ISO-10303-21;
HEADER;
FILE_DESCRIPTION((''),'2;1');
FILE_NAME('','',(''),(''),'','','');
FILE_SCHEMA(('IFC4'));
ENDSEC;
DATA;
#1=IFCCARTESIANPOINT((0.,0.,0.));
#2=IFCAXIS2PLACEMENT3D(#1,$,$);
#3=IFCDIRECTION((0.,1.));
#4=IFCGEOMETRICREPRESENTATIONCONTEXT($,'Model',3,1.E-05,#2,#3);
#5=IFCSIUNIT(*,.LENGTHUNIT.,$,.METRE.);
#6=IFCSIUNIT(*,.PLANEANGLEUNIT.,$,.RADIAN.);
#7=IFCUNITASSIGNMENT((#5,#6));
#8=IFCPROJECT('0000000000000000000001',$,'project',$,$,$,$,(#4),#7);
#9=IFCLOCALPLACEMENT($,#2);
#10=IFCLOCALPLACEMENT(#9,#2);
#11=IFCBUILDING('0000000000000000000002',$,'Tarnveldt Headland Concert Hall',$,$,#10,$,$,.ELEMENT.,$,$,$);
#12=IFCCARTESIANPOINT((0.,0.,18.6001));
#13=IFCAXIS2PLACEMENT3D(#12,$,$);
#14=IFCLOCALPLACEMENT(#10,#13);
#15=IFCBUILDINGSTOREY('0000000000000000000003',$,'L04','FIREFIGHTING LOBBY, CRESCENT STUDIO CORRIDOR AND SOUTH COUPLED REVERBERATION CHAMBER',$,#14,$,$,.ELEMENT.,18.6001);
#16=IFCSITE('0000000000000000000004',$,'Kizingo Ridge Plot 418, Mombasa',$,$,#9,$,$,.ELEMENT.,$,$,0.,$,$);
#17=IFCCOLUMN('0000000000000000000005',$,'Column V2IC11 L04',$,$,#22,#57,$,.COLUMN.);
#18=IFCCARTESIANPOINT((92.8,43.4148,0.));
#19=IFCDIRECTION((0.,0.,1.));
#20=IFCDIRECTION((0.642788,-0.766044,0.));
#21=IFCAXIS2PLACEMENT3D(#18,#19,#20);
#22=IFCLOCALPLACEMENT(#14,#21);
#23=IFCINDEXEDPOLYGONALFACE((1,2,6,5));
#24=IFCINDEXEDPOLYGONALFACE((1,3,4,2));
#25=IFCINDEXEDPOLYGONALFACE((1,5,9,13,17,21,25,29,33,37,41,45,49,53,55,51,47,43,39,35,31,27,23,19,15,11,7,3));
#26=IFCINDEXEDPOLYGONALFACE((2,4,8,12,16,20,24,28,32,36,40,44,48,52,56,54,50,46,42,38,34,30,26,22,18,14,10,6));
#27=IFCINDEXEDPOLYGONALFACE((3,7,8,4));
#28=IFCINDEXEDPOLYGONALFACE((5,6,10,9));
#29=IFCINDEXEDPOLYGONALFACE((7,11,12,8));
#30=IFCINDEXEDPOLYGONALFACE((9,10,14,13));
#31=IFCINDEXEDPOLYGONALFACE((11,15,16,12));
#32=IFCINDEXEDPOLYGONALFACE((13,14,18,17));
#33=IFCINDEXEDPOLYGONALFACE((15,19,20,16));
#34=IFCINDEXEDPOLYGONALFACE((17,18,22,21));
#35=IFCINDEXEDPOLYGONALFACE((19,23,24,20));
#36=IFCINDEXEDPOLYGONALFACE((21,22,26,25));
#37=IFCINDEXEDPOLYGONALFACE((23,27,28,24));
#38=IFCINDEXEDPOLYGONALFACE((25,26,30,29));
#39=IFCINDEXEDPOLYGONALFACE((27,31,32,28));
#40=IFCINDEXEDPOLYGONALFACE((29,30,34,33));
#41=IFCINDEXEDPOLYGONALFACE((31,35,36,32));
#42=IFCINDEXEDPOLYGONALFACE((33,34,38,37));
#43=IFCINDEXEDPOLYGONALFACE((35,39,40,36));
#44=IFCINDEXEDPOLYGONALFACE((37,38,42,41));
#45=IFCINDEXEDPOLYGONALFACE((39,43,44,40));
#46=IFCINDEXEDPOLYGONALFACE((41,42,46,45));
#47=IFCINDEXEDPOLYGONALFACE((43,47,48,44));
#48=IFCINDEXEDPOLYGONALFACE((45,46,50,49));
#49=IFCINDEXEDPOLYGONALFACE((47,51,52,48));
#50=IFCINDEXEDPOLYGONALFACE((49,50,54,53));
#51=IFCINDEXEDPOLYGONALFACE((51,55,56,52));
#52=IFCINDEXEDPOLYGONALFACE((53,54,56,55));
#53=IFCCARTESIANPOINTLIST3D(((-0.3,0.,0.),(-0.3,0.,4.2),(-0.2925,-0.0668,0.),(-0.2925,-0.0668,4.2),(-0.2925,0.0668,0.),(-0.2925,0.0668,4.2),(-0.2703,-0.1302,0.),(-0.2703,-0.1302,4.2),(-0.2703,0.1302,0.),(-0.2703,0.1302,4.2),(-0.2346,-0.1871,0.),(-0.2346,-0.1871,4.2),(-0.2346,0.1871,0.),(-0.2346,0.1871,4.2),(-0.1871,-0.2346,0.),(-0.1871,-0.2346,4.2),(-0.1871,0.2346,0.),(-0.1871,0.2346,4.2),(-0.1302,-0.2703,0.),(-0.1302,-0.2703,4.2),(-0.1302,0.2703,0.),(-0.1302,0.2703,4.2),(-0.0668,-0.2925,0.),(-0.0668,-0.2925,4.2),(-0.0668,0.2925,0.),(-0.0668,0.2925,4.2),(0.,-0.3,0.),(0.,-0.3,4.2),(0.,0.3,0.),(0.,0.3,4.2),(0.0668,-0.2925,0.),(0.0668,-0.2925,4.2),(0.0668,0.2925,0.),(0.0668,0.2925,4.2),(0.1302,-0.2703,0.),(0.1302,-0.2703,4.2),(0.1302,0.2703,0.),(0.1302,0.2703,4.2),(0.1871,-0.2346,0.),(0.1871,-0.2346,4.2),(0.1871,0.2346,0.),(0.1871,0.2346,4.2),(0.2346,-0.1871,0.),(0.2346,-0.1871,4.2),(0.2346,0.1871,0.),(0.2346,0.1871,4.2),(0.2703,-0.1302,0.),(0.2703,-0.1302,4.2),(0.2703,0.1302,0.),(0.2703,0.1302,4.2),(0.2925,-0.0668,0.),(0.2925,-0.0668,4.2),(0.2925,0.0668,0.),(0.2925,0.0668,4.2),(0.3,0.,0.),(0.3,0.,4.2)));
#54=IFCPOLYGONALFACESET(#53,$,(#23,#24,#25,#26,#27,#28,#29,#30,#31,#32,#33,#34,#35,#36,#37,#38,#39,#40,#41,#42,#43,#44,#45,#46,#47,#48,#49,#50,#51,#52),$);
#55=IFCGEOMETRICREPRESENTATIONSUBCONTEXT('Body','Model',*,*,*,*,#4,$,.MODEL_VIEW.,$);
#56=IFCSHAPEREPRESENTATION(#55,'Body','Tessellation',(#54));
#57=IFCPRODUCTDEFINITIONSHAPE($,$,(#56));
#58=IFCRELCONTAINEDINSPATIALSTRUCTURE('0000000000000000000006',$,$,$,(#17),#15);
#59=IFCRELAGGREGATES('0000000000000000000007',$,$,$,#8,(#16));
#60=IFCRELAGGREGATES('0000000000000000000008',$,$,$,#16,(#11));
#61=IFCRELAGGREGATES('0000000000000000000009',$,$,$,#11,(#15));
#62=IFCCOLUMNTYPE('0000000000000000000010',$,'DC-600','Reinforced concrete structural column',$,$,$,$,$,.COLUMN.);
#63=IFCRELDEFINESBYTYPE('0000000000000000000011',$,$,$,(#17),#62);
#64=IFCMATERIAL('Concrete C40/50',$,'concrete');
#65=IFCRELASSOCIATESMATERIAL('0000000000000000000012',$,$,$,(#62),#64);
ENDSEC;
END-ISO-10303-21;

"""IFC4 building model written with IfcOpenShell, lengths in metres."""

from ifc_helpers import new_model, si_unit, direction, frame, origin, origin_2d, place, context, subcontext, project, spatial, circle, extrude, material, material_profile, profile_set, type_object, element, save


model = new_model("IFC4")

# Units and contexts
model_context = context("Model", 3, precision=1e-05, world=origin(), true_north=direction((0.0, 1.0)))
body_context = subcontext(model_context, "Body", "Model", "MODEL_VIEW")
ifc_project = project(units=[si_unit("LENGTHUNIT", "METRE"), si_unit("PLANEANGLEUNIT", "RADIAN")], contexts=[model_context])

# Site, building, storey
site_placement = place(None, origin())
site = spatial("IfcSite", under=ifc_project, at=site_placement, Name="Kizingo Ridge Plot 418, Mombasa", CompositionType="ELEMENT", RefElevation=0.0)
building_placement = place(site_placement, origin())
building = spatial("IfcBuilding", under=site, at=building_placement, Name="Tarnveldt Headland Concert Hall", CompositionType="ELEMENT")
storey_placement = place(building_placement, frame((0.0, 0.0, 18.6001)))
storey = spatial("IfcBuildingStorey", under=building, at=storey_placement, Name="L04", Description="FIREFIGHTING LOBBY, CRESCENT STUDIO CORRIDOR AND SOUTH COUPLED REVERBERATION CHAMBER", CompositionType="ELEMENT", Elevation=18.6001)

# Column
ifc_material_1 = material(Name="Concrete C40/50", Category="concrete")
ifc_material_profile_1 = material_profile(ifc_material_1, circle(Radius=0.3, at=origin_2d()), Name="RC D600", Category="concrete")
ifc_profile_set_1 = profile_set([ifc_material_profile_1], Name="Concrete C40/50")
column_type_1 = type_object("IfcColumnType", Name="DC-600", Description="Reinforced concrete structural column", PredefinedType="COLUMN", material=ifc_profile_set_1)
column_placement = place(storey_placement, frame((92.8, 43.4148, 0.0), z_axis=(0.0, 0.0, 1.0), x_axis=(0.642788, -0.766044, 0.0)))
element("IfcColumn", 1, at=column_placement, inside=storey, type_object=column_type_1, Name="Column V2IC11 L04", PredefinedType="COLUMN", context=body_context, shape_type="SweptSolid", body=[
    extrude(circle(Radius=0.3, at=origin_2d()), origin(), (0.0, 0.0, 1.0), 4.2),
])

save(model, "model.ifc")
